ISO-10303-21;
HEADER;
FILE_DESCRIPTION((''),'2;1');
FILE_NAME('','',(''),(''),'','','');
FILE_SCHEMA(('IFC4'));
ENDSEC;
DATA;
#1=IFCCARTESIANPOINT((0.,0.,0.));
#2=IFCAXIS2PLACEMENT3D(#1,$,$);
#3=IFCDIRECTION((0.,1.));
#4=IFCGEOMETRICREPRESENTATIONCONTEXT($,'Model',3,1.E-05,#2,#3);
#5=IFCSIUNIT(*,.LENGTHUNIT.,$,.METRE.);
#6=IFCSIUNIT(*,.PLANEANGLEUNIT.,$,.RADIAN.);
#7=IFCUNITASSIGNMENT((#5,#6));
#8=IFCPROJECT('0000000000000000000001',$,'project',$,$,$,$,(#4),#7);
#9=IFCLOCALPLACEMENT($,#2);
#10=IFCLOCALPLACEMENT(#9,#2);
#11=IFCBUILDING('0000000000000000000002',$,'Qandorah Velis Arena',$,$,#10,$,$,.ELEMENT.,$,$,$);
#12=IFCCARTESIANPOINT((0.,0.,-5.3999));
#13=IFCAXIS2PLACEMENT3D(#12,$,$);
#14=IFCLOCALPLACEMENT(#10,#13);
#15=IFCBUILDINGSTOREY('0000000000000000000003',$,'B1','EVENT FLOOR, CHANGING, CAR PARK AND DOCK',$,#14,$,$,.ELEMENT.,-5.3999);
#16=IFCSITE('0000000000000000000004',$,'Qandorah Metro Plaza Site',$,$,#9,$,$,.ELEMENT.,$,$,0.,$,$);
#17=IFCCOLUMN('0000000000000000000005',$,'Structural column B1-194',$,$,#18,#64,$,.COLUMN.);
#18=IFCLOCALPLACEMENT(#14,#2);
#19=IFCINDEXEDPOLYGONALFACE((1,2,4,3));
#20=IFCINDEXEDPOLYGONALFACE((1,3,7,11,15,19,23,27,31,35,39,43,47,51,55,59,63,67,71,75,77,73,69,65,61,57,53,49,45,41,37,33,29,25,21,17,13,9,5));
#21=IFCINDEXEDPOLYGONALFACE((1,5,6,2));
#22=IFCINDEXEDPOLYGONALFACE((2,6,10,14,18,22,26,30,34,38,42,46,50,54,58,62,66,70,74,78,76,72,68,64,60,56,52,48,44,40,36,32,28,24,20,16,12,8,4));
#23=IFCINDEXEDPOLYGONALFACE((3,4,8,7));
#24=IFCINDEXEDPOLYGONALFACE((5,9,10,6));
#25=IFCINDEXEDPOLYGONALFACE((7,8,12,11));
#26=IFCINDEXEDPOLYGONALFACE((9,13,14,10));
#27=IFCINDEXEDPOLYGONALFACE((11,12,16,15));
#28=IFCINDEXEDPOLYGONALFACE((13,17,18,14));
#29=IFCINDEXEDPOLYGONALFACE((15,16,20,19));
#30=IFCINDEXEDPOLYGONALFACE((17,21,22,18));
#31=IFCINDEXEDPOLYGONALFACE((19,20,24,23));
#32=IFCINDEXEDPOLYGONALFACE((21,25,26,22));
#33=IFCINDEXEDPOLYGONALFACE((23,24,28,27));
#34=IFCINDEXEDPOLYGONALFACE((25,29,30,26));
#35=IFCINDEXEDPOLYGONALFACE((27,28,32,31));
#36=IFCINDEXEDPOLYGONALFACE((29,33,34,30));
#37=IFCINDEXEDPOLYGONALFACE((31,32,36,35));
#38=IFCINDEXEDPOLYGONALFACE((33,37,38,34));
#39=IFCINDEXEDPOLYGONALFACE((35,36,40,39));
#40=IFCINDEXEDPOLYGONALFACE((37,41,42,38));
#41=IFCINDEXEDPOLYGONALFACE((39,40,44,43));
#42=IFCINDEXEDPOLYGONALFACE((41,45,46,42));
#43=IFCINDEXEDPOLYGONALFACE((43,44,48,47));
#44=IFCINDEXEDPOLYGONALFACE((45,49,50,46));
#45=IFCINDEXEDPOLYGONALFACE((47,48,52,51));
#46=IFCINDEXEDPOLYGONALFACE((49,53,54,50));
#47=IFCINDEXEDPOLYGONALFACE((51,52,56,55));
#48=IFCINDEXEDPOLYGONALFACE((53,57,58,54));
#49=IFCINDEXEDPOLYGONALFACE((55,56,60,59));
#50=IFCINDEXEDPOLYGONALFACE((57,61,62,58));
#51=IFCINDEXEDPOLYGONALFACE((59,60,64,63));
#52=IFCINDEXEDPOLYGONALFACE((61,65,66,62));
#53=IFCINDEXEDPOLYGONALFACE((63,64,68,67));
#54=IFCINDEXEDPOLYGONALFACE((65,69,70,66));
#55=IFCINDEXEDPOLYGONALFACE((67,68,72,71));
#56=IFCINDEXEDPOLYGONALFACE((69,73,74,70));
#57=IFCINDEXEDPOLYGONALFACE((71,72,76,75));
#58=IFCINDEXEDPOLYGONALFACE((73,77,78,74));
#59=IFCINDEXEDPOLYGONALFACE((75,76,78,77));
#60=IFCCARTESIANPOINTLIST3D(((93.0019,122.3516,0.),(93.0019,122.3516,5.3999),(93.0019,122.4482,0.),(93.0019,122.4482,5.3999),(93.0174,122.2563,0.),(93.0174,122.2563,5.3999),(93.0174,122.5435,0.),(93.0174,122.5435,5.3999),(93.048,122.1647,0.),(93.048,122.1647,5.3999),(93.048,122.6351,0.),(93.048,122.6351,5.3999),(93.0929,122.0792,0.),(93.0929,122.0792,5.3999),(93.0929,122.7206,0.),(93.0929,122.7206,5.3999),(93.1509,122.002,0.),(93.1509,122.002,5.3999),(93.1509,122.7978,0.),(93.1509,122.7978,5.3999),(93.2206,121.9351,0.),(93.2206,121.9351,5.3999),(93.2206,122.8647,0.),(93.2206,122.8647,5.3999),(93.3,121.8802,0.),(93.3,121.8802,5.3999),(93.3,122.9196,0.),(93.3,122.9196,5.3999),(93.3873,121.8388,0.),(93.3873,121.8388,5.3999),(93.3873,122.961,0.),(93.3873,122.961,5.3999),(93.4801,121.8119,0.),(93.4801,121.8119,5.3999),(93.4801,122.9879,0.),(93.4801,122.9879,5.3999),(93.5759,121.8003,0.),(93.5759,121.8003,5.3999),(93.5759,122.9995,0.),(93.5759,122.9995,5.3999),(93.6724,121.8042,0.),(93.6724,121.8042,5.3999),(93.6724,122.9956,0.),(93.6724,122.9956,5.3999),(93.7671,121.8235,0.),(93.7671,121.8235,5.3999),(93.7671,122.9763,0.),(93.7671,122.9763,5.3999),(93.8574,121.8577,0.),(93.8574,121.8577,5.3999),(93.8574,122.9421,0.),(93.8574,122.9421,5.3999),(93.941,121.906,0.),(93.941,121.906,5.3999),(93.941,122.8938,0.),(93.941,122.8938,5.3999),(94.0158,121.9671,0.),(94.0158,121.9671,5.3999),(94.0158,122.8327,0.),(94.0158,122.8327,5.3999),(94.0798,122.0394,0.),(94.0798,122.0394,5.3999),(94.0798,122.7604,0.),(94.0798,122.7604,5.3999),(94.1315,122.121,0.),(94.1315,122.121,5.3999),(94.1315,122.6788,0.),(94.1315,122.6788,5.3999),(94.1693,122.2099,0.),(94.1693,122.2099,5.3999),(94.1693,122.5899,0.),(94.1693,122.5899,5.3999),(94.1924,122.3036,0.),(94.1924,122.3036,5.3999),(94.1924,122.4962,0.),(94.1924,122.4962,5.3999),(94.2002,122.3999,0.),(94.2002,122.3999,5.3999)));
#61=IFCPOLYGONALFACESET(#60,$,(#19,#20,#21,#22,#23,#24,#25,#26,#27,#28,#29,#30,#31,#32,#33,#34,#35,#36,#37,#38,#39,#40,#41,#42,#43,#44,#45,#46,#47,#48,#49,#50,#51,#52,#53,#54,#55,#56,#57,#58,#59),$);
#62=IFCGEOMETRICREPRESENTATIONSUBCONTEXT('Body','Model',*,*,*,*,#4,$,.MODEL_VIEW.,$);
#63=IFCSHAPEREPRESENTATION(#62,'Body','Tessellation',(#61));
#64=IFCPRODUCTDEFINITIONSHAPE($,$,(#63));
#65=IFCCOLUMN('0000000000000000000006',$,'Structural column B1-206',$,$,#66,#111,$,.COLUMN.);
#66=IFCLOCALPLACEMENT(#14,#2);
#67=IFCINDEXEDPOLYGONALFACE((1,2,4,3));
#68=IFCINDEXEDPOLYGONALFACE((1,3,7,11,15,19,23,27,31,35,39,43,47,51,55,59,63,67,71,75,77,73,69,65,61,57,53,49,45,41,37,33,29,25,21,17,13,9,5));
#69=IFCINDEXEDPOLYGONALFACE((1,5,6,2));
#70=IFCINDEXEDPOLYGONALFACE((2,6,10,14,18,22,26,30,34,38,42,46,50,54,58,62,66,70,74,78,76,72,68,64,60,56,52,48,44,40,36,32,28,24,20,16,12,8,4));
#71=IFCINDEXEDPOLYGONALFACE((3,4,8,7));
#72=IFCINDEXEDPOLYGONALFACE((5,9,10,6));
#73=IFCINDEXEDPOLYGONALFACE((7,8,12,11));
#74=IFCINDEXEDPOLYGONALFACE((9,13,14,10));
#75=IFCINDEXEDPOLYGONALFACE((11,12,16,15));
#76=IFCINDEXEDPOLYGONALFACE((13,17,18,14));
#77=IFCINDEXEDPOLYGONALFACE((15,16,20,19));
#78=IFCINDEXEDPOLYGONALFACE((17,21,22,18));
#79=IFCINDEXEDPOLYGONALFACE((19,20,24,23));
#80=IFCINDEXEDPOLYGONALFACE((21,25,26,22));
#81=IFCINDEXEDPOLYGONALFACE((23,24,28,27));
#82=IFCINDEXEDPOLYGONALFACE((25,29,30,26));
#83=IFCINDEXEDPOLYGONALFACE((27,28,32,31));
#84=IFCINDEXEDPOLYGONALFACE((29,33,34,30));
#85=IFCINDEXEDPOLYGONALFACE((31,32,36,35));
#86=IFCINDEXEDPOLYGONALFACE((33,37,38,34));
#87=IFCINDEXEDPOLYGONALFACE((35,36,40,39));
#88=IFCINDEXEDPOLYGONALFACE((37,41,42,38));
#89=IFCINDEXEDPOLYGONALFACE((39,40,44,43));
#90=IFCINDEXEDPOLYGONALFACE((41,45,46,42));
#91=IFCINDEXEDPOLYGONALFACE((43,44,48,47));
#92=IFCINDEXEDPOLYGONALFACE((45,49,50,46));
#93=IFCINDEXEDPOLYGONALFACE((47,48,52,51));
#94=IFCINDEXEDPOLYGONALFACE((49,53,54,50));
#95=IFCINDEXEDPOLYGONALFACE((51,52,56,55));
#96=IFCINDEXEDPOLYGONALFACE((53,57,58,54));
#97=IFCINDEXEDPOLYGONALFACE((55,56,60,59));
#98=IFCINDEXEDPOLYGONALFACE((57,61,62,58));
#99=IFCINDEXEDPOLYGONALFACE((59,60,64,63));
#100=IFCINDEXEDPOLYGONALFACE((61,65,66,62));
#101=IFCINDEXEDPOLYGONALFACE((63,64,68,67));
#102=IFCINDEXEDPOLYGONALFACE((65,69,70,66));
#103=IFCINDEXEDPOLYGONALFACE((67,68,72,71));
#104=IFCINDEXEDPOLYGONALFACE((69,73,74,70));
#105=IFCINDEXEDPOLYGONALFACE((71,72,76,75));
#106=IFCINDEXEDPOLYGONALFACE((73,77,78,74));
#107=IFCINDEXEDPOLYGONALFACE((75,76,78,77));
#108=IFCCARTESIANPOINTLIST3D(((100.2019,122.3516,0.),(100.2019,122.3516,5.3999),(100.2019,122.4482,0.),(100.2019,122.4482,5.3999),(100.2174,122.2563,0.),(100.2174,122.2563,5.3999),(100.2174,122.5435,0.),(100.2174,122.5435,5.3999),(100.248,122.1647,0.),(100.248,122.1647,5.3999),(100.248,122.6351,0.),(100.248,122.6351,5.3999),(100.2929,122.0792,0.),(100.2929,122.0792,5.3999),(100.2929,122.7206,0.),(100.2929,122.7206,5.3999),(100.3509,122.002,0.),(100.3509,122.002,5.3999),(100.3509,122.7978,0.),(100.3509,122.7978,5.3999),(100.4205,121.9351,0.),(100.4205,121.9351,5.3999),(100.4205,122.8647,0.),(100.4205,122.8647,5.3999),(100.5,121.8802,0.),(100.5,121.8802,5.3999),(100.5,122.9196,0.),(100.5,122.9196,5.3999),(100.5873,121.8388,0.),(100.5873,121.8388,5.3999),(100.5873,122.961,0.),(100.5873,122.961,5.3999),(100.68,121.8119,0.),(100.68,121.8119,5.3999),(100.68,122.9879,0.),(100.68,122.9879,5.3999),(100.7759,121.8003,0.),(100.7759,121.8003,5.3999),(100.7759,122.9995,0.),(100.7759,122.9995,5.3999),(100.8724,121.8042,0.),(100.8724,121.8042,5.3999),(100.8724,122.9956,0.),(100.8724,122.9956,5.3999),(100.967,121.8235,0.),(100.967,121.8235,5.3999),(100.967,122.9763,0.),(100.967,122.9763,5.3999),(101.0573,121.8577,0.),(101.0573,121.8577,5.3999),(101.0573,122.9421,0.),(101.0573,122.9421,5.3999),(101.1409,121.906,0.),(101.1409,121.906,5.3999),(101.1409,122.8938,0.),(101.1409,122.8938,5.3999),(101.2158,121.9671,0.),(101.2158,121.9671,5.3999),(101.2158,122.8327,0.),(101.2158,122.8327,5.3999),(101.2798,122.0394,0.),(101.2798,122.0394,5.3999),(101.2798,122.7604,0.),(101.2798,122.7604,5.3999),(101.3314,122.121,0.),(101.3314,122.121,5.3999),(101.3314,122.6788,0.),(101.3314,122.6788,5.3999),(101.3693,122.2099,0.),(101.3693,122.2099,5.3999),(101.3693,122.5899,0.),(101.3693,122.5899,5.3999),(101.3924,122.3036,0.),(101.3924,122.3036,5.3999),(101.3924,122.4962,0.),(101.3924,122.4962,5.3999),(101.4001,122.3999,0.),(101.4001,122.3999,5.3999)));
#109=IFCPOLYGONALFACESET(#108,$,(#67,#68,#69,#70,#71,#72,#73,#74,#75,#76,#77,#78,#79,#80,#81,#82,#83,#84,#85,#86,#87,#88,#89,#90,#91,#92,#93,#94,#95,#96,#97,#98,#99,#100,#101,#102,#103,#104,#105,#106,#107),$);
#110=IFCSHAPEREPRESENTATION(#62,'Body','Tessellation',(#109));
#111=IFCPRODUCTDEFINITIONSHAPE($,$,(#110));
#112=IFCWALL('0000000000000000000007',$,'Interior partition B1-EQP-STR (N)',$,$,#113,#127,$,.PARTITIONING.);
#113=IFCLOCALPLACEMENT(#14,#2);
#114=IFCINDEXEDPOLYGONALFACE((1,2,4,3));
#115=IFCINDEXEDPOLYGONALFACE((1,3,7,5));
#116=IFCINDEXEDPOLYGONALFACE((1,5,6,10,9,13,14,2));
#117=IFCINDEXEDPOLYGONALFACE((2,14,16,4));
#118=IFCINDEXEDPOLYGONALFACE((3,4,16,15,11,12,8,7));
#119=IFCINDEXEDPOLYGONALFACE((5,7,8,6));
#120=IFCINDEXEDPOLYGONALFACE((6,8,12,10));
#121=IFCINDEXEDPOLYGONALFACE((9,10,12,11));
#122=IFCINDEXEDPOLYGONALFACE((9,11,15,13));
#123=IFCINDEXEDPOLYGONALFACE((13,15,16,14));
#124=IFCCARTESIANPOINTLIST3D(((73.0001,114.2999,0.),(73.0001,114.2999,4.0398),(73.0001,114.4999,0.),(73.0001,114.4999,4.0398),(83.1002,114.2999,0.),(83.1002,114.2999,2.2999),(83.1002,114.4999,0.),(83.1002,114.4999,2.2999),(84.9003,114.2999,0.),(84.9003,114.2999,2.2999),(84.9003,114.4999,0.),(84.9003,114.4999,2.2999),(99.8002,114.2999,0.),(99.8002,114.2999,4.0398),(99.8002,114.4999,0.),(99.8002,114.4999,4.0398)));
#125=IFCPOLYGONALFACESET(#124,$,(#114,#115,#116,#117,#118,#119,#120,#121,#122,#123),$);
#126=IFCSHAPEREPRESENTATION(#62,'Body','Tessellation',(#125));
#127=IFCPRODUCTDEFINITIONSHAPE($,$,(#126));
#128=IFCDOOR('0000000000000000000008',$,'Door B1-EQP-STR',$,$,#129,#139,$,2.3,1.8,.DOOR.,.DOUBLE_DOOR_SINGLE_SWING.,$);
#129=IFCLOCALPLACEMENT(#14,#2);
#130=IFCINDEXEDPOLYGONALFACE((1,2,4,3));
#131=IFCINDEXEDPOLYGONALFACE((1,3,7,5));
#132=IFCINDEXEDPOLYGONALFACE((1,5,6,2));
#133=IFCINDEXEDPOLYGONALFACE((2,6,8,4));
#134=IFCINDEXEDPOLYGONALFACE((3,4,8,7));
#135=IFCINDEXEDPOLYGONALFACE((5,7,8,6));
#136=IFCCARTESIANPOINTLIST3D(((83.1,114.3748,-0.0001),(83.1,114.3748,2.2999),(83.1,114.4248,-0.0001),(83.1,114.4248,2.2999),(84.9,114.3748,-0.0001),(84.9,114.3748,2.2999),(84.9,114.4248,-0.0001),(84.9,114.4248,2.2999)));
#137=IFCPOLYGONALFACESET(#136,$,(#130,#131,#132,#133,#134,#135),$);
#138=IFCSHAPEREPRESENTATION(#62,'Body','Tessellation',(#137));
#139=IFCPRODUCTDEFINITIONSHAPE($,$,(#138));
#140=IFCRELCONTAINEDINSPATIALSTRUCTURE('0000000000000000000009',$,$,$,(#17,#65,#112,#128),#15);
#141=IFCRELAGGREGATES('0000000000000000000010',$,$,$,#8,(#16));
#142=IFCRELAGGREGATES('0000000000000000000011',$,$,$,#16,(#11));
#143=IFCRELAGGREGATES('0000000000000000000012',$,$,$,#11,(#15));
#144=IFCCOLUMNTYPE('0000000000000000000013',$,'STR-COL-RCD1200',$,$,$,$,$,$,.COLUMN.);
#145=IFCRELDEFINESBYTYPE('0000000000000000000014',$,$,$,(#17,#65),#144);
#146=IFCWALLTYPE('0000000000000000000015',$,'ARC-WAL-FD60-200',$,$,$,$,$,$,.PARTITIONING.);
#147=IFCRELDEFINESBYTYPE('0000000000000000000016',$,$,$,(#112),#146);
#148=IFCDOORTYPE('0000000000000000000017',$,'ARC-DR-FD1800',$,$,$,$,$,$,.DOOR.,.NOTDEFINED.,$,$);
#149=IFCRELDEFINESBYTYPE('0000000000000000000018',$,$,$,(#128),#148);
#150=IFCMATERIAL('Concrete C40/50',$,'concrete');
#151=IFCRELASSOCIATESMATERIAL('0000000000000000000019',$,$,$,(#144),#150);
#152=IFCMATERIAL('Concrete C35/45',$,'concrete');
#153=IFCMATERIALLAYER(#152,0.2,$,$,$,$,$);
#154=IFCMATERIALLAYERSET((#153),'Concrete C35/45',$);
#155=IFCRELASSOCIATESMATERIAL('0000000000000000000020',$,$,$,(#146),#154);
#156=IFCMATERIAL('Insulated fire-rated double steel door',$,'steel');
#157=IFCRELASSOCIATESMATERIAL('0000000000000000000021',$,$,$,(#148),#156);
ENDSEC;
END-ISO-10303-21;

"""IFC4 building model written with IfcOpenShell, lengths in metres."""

from ifc_helpers import new_model, si_unit, direction, frame, frame_2d, origin, origin_2d, place, context, subcontext, project, spatial, rectangle, circle, extrude, material, layer, layer_set, material_profile, profile_set, type_object, element, fill, save


model = new_model("IFC4")

# Units and contexts
model_context = context("Model", 3, precision=1e-05, world=origin(), true_north=direction((0.0, 1.0)))
body_context = subcontext(model_context, "Body", "Model", "MODEL_VIEW")
ifc_project = project(units=[si_unit("LENGTHUNIT", "METRE"), si_unit("PLANEANGLEUNIT", "RADIAN")], contexts=[model_context])

# Site, building, storey
site_placement = place(None, origin())
site = spatial("IfcSite", under=ifc_project, at=site_placement, Name="Qandorah Metro Plaza Site", CompositionType="ELEMENT", RefElevation=0.0)
building_placement = place(site_placement, origin())
building = spatial("IfcBuilding", under=site, at=building_placement, Name="Qandorah Velis Arena", CompositionType="ELEMENT")
storey_placement = place(building_placement, frame((0.0, 0.0, -5.3999)))
storey = spatial("IfcBuildingStorey", under=building, at=storey_placement, Name="B1", Description="EVENT FLOOR, CHANGING, CAR PARK AND DOCK", CompositionType="ELEMENT", Elevation=-5.3999)

# Shared definitions
ifc_material_1 = material(Name="Concrete C40/50", Category="concrete")

# Columns
ifc_material_profile_1 = material_profile(ifc_material_1, circle(Radius=0.6001, at=origin_2d()), Name="RC D1200")
ifc_profile_set_1 = profile_set([ifc_material_profile_1], Name="Concrete C40/50")
column_type_1 = type_object("IfcColumnType", Name="STR-COL-RCD1200", PredefinedType="COLUMN", material=ifc_profile_set_1)
for number, where, z_axis, x_axis, name in (
    (1, (93.6001, 122.3999, 0.0), (0.0, 0.0, 1.0), (1.0, 0.0, 0.0), "Structural column B1-194"),
    (2, (100.8, 122.3999, 0.0), (0.0, 0.0, 1.0), (1.0, 0.0, 0.0), "Structural column B1-206"),
):
    element("IfcColumn", number, at=place(storey_placement, frame(where, z_axis=z_axis, x_axis=x_axis)), inside=storey, type_object=column_type_1, Name=name, PredefinedType="COLUMN", context=body_context, shape_type="SweptSolid", body=[
        extrude(circle(Radius=0.6001, at=origin_2d()), origin(), (0.0, 0.0, 1.0), 5.3999),
    ])

# Wall, opening, door
ifc_material_2 = material(Name="Concrete C35/45", Category="concrete")
ifc_layer = layer(ifc_material_2, 0.2)
ifc_layer_set = layer_set([ifc_layer], Name="Concrete C35/45")
wall_type = type_object("IfcWallType", Name="ARC-WAL-FD60-200", PredefinedType="PARTITIONING", material=ifc_layer_set)
wall_placement = place(storey_placement, frame((99.8, 114.3999, 0.0), z_axis=(0.0, 0.0, 1.0), x_axis=(-1.0, 0.0, 0.0)))
wall = element("IfcWall", 3, at=wall_placement, inside=storey, type_object=wall_type, Name="Interior partition B1-EQP-STR (N)", PredefinedType="PARTITIONING", context=body_context, shape_type="SweptSolid", body=[
    extrude(rectangle(XDim=26.8, YDim=0.2, at=frame_2d((13.3999, 0.0))), origin(), (0.0, 0.0, 1.0), 4.0398),
])
opening_placement = place(wall_placement, frame((14.8999, 0.0, 0.0)))
opening = element("IfcOpeningElement", 4, at=opening_placement, cuts=wall, PredefinedType="OPENING", context=body_context, shape_type="SweptSolid", body=[
    extrude(rectangle(XDim=1.8, YDim=2.3, at=frame_2d((0.8999, 1.1499))), frame((0.0, 0.1099, 0.0), z_axis=(0.0, -1.0, 0.0), x_axis=(1.0, 0.0, 0.0)), (0.0, 0.0, 1.0), 0.22),
])
ifc_material_3 = material(Name="Insulated fire-rated double steel door", Category="steel")
door_type = type_object("IfcDoorType", Name="ARC-DR-FD1800", OperationType="NOTDEFINED", PredefinedType="DOOR", material=ifc_material_3)
door_placement = place(opening_placement, frame((1.8, 0.0, 0.0), z_axis=(0.0, 0.0, 1.0), x_axis=(-1.0, 0.0, 0.0)))
door = element("IfcDoor", 5, at=door_placement, inside=storey, type_object=door_type, Name="Door B1-EQP-STR", OperationType="DOUBLE_DOOR_SINGLE_SWING", OverallHeight=2.3, OverallWidth=1.8, PredefinedType="DOOR", context=body_context, shape_type="SweptSolid", body=[
    extrude(rectangle(XDim=1.8, YDim=2.3, at=frame_2d((0.8999, 1.1499))), frame((0.0, 0.0249, 0.0), z_axis=(0.0, -1.0, 0.0), x_axis=(1.0, 0.0, 0.0)), (0.0, 0.0, 1.0), 0.05),
])
fill(opening, door)

save(model, "model.ifc")
